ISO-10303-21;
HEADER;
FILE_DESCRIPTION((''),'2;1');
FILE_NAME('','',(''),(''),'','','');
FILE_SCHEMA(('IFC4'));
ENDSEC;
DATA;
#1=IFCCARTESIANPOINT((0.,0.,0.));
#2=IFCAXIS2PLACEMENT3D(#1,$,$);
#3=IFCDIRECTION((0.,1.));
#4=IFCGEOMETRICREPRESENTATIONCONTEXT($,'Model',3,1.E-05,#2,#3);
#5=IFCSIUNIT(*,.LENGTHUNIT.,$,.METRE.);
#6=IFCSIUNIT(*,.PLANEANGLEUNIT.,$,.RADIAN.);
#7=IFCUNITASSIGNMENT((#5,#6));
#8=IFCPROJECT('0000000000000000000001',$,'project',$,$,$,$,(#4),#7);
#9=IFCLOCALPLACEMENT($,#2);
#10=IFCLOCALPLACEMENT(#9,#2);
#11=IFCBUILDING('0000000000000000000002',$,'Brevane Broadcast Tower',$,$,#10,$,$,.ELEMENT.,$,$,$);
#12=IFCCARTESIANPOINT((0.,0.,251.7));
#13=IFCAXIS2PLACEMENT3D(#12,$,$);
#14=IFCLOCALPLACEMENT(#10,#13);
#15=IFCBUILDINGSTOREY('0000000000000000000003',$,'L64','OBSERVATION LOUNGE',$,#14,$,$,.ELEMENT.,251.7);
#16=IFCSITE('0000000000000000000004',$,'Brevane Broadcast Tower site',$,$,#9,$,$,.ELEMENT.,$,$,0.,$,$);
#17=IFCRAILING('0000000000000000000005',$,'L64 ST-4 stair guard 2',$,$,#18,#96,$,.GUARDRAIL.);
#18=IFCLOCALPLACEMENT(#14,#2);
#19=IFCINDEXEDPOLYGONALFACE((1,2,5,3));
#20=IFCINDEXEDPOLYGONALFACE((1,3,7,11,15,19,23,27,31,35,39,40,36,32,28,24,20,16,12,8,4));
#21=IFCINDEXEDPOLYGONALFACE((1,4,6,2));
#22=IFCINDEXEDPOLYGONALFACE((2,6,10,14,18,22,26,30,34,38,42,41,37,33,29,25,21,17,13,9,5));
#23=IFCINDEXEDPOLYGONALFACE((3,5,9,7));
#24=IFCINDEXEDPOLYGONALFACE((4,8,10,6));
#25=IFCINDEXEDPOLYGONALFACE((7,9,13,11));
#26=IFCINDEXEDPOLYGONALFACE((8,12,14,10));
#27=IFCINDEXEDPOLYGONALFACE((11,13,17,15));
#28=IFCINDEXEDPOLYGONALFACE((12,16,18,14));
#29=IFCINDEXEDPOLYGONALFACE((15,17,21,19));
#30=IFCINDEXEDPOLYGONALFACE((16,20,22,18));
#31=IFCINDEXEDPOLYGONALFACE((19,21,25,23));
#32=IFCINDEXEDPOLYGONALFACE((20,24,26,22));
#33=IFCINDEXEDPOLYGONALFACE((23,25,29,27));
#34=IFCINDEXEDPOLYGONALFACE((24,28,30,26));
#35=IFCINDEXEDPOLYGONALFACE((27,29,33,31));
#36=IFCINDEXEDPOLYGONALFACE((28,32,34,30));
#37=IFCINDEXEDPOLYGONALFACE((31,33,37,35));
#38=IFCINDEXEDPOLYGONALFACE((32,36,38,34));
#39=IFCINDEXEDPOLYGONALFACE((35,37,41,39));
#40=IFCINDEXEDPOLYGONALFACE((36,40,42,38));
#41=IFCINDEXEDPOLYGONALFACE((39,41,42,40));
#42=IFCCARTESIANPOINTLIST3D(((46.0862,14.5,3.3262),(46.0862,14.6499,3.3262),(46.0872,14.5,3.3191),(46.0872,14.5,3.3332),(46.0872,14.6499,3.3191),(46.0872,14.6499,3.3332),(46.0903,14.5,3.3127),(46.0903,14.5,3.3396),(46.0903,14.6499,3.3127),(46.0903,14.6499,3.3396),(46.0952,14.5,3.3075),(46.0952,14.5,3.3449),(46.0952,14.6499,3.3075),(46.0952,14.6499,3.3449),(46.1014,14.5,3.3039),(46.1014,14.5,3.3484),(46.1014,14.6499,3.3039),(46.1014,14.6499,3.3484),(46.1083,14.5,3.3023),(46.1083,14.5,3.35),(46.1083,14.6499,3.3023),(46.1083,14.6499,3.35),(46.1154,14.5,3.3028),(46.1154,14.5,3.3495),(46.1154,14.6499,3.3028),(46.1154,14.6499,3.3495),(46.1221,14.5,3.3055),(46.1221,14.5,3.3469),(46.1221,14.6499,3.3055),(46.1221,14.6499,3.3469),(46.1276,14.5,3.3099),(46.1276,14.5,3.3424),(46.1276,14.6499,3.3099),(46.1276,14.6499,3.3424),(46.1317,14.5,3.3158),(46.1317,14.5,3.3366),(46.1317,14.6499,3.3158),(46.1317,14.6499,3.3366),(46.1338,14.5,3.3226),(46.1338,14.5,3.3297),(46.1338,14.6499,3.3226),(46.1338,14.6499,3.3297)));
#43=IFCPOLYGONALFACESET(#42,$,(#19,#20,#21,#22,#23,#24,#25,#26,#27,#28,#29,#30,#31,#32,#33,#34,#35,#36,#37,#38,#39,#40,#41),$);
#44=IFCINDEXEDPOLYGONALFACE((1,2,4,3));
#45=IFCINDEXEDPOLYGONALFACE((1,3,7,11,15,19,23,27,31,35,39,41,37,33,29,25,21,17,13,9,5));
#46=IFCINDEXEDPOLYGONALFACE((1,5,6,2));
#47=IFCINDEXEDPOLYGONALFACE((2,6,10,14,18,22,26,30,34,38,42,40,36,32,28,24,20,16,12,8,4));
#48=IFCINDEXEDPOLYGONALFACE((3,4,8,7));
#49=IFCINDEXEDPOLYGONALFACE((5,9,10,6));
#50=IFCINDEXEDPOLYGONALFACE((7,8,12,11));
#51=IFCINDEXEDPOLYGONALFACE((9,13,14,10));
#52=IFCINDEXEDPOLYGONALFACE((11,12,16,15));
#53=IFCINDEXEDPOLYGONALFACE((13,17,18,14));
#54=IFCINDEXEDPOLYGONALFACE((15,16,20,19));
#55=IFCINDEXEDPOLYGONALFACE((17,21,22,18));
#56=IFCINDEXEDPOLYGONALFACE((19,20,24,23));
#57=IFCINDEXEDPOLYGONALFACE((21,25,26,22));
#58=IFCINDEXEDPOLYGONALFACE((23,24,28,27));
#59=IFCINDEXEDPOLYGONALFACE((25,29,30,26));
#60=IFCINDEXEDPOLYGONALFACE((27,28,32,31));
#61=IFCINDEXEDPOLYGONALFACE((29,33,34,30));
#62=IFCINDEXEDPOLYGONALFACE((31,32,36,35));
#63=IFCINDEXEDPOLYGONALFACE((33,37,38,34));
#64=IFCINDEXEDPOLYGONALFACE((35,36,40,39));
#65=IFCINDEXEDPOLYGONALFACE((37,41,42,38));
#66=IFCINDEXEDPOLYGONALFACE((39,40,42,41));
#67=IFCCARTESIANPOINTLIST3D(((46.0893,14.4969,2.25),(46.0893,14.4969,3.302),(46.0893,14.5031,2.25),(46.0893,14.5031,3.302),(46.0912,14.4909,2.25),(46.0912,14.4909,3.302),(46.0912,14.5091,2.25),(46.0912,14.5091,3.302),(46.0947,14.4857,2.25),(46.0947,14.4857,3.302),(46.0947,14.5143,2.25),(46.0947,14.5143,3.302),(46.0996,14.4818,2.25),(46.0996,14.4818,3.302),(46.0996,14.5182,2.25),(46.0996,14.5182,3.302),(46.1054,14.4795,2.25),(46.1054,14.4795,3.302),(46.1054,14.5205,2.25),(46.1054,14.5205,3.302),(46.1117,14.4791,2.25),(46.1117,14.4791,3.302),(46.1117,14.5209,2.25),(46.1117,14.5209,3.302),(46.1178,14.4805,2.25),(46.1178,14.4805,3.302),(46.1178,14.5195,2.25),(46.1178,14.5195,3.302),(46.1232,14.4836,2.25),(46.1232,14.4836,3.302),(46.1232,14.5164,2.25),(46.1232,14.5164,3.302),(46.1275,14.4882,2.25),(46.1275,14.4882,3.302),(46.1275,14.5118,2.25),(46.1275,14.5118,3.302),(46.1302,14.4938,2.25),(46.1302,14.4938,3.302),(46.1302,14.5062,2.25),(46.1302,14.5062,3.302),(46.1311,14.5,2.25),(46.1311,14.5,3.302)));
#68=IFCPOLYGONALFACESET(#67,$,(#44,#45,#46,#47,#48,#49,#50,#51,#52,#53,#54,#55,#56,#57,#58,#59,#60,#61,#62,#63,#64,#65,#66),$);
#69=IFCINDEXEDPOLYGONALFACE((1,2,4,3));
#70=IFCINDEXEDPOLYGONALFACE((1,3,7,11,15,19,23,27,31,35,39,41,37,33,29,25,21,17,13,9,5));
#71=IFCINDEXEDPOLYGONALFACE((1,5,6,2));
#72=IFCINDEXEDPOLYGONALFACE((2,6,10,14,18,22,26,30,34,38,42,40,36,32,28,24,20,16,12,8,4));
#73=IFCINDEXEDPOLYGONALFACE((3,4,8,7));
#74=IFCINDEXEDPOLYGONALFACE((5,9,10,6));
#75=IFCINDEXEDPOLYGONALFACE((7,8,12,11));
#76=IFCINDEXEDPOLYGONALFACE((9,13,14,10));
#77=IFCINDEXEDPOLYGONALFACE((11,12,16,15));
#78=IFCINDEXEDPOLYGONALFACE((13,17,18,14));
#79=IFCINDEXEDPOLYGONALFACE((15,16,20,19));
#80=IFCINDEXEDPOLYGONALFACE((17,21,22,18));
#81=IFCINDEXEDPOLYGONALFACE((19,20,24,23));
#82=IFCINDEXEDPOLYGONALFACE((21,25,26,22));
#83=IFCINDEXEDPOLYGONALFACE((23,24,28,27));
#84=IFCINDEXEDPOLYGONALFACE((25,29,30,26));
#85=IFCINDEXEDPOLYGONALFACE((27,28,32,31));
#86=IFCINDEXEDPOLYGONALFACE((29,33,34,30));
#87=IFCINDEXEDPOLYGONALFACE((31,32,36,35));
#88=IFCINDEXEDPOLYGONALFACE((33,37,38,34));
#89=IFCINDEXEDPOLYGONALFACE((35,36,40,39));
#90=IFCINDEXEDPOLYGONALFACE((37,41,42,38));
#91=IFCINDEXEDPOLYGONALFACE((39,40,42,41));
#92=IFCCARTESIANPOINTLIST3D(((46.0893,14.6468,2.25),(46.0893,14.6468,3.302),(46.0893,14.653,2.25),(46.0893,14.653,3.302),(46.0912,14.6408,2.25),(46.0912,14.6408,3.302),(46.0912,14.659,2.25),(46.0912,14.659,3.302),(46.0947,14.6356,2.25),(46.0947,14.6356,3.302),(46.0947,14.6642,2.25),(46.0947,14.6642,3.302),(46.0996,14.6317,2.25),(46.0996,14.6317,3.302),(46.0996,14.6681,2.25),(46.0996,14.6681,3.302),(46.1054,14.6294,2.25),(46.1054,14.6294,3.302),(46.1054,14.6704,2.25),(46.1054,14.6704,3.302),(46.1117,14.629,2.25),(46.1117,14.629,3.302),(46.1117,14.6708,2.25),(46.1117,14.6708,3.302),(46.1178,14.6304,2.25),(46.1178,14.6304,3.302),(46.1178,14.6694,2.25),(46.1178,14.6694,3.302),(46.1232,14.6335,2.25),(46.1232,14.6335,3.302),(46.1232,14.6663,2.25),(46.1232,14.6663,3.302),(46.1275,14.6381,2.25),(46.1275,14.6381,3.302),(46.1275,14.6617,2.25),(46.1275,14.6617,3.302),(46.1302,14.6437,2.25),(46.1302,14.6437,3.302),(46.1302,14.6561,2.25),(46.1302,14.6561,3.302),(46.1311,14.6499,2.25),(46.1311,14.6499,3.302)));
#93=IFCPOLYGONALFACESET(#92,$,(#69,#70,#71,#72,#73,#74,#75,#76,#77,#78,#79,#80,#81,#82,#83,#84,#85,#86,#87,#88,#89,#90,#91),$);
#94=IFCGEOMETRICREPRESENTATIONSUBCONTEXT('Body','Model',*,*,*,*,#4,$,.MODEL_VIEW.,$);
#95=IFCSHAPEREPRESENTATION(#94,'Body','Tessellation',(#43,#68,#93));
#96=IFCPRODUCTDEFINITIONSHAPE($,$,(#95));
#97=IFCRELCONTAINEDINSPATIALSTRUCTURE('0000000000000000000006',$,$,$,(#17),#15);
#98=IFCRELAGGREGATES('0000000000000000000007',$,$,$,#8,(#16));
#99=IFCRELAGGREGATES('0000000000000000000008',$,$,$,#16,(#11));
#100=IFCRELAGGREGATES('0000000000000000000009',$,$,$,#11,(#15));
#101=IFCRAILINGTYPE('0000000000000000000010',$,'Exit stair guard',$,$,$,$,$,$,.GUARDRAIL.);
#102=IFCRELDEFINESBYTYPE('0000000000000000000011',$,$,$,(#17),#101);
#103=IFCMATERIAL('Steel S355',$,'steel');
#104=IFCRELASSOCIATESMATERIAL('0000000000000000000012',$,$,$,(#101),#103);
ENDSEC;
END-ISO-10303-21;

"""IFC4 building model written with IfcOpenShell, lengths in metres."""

from ifc_helpers import new_model, si_unit, direction, frame, origin, origin_2d, place, context, subcontext, project, spatial, circle, extrude, material, type_object, element, save


model = new_model("IFC4")

# Units and contexts
model_context = context("Model", 3, precision=1e-05, world=origin(), true_north=direction((0.0, 1.0)))
body_context = subcontext(model_context, "Body", "Model", "MODEL_VIEW")
ifc_project = project(units=[si_unit("LENGTHUNIT", "METRE"), si_unit("PLANEANGLEUNIT", "RADIAN")], contexts=[model_context])

# Site, building, storey
site_placement = place(None, origin())
site = spatial("IfcSite", under=ifc_project, at=site_placement, Name="Brevane Broadcast Tower site", CompositionType="ELEMENT", RefElevation=0.0)
building_placement = place(site_placement, origin())
building = spatial("IfcBuilding", under=site, at=building_placement, Name="Brevane Broadcast Tower", CompositionType="ELEMENT")
storey_placement = place(building_placement, frame((0.0, 0.0, 251.7)))
storey = spatial("IfcBuildingStorey", under=building, at=storey_placement, Name="L64", Description="OBSERVATION LOUNGE", CompositionType="ELEMENT", Elevation=251.7)

# Railing
ifc_material_1 = material(Name="Steel S355", Category="steel")
railing_type_1 = type_object("IfcRailingType", Name="Exit stair guard", PredefinedType="GUARDRAIL", material=ifc_material_1)
railing_1_placement = place(storey_placement, frame((46.1101, 14.5, 2.25)))
element("IfcRailing", 1, at=railing_1_placement, inside=storey, type_object=railing_type_1, Name="L64 ST-4 stair guard 2", PredefinedType="GUARDRAIL", context=body_context, shape_type="SweptSolid", body=[
    extrude(circle(Radius=0.0239, at=origin_2d()), frame((0.0, 0.0, 1.0762), z_axis=(0.0, 1.0, 0.0), x_axis=(-1.0, 0.0, 0.0)), (0.0, 0.0, 1.0), 0.1499),
    extrude(circle(Radius=0.021, at=origin_2d()), origin(), (0.0, 0.0, 1.0), 1.052),
    extrude(circle(Radius=0.021, at=origin_2d()), frame((0.0, 0.1499, 0.0)), (0.0, 0.0, 1.0), 1.052),
])

save(model, "model.ifc")
